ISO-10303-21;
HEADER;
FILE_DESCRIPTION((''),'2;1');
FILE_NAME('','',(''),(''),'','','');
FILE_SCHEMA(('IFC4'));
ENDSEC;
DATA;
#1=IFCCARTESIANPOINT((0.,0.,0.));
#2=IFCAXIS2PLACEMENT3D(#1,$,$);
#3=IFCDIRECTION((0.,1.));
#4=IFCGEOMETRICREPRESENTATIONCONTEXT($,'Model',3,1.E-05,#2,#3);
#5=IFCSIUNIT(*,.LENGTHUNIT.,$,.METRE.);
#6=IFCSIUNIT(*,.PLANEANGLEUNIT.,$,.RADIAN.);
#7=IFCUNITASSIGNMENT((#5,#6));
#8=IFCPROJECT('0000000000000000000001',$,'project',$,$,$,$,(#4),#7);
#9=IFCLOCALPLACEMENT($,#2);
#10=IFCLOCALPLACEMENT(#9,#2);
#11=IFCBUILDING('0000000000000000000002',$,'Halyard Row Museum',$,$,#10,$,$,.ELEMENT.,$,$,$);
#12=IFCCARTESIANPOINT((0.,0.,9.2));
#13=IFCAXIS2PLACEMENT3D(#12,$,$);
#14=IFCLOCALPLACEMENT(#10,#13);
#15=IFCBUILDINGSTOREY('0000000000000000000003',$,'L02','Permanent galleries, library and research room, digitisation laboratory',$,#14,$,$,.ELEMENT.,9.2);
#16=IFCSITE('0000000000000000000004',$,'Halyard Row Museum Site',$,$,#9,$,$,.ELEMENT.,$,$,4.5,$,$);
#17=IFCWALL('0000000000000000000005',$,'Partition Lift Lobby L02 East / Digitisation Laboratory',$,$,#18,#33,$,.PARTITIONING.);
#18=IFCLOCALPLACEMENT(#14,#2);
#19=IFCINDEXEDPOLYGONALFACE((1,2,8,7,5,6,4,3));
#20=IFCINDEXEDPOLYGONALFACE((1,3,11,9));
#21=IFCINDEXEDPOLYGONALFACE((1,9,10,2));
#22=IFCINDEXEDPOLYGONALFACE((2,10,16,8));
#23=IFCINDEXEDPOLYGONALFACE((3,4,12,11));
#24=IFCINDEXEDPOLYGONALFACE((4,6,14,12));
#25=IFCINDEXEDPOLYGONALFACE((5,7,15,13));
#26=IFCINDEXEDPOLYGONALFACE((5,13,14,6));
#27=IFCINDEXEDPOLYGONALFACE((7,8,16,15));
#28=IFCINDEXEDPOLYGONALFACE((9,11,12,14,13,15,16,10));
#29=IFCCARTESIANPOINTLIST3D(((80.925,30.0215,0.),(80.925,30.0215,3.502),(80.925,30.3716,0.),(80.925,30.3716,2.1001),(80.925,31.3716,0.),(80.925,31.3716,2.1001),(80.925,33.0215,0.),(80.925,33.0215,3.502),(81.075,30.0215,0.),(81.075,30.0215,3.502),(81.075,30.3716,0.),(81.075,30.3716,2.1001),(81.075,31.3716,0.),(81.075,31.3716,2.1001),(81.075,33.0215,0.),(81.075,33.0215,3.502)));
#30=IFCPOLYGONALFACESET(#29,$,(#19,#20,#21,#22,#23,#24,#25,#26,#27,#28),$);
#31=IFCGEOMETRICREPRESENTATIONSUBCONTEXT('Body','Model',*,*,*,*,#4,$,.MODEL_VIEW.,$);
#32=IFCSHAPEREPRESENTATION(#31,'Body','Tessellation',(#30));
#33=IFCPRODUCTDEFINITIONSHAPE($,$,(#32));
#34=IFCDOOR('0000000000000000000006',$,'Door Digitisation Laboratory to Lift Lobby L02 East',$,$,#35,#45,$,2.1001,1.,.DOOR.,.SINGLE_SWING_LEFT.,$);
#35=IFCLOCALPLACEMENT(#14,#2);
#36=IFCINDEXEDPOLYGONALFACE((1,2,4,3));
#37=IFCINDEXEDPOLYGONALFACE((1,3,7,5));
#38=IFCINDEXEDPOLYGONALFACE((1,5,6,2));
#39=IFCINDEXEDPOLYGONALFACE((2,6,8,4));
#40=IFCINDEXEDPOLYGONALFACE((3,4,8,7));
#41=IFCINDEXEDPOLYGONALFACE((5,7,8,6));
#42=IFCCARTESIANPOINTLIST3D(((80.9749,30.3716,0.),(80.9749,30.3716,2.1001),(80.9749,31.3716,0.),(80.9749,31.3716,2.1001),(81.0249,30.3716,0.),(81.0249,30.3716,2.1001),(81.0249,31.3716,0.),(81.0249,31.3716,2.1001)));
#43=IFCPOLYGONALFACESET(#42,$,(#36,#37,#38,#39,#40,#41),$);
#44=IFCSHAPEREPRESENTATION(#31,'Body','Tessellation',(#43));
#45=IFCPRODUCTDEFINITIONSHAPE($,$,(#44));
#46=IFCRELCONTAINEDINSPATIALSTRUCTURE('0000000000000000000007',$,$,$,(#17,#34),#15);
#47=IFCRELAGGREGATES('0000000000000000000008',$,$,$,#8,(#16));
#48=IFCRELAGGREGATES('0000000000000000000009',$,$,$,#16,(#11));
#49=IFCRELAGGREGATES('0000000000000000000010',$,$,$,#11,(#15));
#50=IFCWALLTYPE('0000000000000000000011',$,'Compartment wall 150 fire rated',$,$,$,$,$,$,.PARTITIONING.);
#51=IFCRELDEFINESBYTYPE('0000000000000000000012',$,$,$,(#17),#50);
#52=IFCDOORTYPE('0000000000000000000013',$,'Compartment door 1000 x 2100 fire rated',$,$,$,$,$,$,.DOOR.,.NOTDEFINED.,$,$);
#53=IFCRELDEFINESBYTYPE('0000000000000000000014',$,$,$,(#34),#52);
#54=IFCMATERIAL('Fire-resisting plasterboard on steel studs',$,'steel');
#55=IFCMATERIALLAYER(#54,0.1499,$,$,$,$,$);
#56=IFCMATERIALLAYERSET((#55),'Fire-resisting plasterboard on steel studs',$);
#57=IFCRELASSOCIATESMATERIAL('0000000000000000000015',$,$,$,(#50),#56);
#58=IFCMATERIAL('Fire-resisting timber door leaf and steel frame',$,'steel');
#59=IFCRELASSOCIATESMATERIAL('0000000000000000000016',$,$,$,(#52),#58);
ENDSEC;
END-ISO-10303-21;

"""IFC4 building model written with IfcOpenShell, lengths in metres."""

from ifc_helpers import new_model, si_unit, direction, frame, frame_2d, origin, place, context, subcontext, project, spatial, rectangle, extrude, material, layer, layer_set, type_object, element, fill, save


model = new_model("IFC4")

# Units and contexts
model_context = context("Model", 3, precision=1e-05, world=origin(), true_north=direction((0.0, 1.0)))
body_context = subcontext(model_context, "Body", "Model", "MODEL_VIEW")
ifc_project = project(units=[si_unit("LENGTHUNIT", "METRE"), si_unit("PLANEANGLEUNIT", "RADIAN")], contexts=[model_context])

# Site, building, storey
site_placement = place(None, origin())
site = spatial("IfcSite", under=ifc_project, at=site_placement, Name="Halyard Row Museum Site", CompositionType="ELEMENT", RefElevation=4.5)
building_placement = place(site_placement, origin())
building = spatial("IfcBuilding", under=site, at=building_placement, Name="Halyard Row Museum", CompositionType="ELEMENT")
storey_placement = place(building_placement, frame((0.0, 0.0, 9.2)))
storey = spatial("IfcBuildingStorey", under=building, at=storey_placement, Name="L02", Description="Permanent galleries, library and research room, digitisation laboratory", CompositionType="ELEMENT", Elevation=9.2)

# Wall, opening, door
ifc_material_1 = material(Name="Fire-resisting plasterboard on steel studs", Category="steel")
ifc_layer_1 = layer(ifc_material_1, 0.1499)
ifc_layer_set_1 = layer_set([ifc_layer_1], Name="Fire-resisting plasterboard on steel studs")
wall_type = type_object("IfcWallType", Name="Compartment wall 150 fire rated", PredefinedType="PARTITIONING", material=ifc_layer_set_1)
wall_placement = place(storey_placement, frame((81.0, 30.0215, 0.0), z_axis=(0.0, 0.0, 1.0), x_axis=(0.0, 1.0, 0.0)))
wall = element("IfcWall", 1, at=wall_placement, inside=storey, type_object=wall_type, Name="Partition Lift Lobby L02 East / Digitisation Laboratory", PredefinedType="PARTITIONING", context=body_context, shape_type="SweptSolid", body=[
    extrude(rectangle(XDim=3.0, YDim=0.1499, at=frame_2d((1.5, 0.0))), origin(), (0.0, 0.0, 1.0), 3.502),
])
opening_placement = place(wall_placement, frame((0.3501, 0.0, 0.0)))
opening = element("IfcOpeningElement", 2, at=opening_placement, cuts=wall, PredefinedType="OPENING", context=body_context, shape_type="SweptSolid", body=[
    extrude(rectangle(XDim=1.0, YDim=2.1001, at=frame_2d((0.5, 1.05))), frame((0.0, 0.085, 0.0), z_axis=(0.0, -1.0, 0.0), x_axis=(1.0, 0.0, 0.0)), (0.0, 0.0, 1.0), 0.1699),
])
ifc_material_2 = material(Name="Fire-resisting timber door leaf and steel frame", Category="steel")
door_type = type_object("IfcDoorType", Name="Compartment door 1000 x 2100 fire rated", OperationType="NOTDEFINED", PredefinedType="DOOR", material=ifc_material_2)
door_placement = place(opening_placement, frame((1.0, 0.0, 0.0), z_axis=(0.0, 0.0, 1.0), x_axis=(-1.0, 0.0, 0.0)))
door = element("IfcDoor", 3, at=door_placement, inside=storey, type_object=door_type, Name="Door Digitisation Laboratory to Lift Lobby L02 East", OperationType="SINGLE_SWING_LEFT", OverallHeight=2.1001, OverallWidth=1.0, PredefinedType="DOOR", context=body_context, shape_type="SweptSolid", body=[
    extrude(rectangle(XDim=1.0, YDim=2.1001, at=frame_2d((0.5, 1.05))), frame((0.0, 0.0249, 0.0), z_axis=(0.0, -1.0, 0.0), x_axis=(1.0, 0.0, 0.0)), (0.0, 0.0, 1.0), 0.05),
])
fill(opening, door)

save(model, "model.ifc")
